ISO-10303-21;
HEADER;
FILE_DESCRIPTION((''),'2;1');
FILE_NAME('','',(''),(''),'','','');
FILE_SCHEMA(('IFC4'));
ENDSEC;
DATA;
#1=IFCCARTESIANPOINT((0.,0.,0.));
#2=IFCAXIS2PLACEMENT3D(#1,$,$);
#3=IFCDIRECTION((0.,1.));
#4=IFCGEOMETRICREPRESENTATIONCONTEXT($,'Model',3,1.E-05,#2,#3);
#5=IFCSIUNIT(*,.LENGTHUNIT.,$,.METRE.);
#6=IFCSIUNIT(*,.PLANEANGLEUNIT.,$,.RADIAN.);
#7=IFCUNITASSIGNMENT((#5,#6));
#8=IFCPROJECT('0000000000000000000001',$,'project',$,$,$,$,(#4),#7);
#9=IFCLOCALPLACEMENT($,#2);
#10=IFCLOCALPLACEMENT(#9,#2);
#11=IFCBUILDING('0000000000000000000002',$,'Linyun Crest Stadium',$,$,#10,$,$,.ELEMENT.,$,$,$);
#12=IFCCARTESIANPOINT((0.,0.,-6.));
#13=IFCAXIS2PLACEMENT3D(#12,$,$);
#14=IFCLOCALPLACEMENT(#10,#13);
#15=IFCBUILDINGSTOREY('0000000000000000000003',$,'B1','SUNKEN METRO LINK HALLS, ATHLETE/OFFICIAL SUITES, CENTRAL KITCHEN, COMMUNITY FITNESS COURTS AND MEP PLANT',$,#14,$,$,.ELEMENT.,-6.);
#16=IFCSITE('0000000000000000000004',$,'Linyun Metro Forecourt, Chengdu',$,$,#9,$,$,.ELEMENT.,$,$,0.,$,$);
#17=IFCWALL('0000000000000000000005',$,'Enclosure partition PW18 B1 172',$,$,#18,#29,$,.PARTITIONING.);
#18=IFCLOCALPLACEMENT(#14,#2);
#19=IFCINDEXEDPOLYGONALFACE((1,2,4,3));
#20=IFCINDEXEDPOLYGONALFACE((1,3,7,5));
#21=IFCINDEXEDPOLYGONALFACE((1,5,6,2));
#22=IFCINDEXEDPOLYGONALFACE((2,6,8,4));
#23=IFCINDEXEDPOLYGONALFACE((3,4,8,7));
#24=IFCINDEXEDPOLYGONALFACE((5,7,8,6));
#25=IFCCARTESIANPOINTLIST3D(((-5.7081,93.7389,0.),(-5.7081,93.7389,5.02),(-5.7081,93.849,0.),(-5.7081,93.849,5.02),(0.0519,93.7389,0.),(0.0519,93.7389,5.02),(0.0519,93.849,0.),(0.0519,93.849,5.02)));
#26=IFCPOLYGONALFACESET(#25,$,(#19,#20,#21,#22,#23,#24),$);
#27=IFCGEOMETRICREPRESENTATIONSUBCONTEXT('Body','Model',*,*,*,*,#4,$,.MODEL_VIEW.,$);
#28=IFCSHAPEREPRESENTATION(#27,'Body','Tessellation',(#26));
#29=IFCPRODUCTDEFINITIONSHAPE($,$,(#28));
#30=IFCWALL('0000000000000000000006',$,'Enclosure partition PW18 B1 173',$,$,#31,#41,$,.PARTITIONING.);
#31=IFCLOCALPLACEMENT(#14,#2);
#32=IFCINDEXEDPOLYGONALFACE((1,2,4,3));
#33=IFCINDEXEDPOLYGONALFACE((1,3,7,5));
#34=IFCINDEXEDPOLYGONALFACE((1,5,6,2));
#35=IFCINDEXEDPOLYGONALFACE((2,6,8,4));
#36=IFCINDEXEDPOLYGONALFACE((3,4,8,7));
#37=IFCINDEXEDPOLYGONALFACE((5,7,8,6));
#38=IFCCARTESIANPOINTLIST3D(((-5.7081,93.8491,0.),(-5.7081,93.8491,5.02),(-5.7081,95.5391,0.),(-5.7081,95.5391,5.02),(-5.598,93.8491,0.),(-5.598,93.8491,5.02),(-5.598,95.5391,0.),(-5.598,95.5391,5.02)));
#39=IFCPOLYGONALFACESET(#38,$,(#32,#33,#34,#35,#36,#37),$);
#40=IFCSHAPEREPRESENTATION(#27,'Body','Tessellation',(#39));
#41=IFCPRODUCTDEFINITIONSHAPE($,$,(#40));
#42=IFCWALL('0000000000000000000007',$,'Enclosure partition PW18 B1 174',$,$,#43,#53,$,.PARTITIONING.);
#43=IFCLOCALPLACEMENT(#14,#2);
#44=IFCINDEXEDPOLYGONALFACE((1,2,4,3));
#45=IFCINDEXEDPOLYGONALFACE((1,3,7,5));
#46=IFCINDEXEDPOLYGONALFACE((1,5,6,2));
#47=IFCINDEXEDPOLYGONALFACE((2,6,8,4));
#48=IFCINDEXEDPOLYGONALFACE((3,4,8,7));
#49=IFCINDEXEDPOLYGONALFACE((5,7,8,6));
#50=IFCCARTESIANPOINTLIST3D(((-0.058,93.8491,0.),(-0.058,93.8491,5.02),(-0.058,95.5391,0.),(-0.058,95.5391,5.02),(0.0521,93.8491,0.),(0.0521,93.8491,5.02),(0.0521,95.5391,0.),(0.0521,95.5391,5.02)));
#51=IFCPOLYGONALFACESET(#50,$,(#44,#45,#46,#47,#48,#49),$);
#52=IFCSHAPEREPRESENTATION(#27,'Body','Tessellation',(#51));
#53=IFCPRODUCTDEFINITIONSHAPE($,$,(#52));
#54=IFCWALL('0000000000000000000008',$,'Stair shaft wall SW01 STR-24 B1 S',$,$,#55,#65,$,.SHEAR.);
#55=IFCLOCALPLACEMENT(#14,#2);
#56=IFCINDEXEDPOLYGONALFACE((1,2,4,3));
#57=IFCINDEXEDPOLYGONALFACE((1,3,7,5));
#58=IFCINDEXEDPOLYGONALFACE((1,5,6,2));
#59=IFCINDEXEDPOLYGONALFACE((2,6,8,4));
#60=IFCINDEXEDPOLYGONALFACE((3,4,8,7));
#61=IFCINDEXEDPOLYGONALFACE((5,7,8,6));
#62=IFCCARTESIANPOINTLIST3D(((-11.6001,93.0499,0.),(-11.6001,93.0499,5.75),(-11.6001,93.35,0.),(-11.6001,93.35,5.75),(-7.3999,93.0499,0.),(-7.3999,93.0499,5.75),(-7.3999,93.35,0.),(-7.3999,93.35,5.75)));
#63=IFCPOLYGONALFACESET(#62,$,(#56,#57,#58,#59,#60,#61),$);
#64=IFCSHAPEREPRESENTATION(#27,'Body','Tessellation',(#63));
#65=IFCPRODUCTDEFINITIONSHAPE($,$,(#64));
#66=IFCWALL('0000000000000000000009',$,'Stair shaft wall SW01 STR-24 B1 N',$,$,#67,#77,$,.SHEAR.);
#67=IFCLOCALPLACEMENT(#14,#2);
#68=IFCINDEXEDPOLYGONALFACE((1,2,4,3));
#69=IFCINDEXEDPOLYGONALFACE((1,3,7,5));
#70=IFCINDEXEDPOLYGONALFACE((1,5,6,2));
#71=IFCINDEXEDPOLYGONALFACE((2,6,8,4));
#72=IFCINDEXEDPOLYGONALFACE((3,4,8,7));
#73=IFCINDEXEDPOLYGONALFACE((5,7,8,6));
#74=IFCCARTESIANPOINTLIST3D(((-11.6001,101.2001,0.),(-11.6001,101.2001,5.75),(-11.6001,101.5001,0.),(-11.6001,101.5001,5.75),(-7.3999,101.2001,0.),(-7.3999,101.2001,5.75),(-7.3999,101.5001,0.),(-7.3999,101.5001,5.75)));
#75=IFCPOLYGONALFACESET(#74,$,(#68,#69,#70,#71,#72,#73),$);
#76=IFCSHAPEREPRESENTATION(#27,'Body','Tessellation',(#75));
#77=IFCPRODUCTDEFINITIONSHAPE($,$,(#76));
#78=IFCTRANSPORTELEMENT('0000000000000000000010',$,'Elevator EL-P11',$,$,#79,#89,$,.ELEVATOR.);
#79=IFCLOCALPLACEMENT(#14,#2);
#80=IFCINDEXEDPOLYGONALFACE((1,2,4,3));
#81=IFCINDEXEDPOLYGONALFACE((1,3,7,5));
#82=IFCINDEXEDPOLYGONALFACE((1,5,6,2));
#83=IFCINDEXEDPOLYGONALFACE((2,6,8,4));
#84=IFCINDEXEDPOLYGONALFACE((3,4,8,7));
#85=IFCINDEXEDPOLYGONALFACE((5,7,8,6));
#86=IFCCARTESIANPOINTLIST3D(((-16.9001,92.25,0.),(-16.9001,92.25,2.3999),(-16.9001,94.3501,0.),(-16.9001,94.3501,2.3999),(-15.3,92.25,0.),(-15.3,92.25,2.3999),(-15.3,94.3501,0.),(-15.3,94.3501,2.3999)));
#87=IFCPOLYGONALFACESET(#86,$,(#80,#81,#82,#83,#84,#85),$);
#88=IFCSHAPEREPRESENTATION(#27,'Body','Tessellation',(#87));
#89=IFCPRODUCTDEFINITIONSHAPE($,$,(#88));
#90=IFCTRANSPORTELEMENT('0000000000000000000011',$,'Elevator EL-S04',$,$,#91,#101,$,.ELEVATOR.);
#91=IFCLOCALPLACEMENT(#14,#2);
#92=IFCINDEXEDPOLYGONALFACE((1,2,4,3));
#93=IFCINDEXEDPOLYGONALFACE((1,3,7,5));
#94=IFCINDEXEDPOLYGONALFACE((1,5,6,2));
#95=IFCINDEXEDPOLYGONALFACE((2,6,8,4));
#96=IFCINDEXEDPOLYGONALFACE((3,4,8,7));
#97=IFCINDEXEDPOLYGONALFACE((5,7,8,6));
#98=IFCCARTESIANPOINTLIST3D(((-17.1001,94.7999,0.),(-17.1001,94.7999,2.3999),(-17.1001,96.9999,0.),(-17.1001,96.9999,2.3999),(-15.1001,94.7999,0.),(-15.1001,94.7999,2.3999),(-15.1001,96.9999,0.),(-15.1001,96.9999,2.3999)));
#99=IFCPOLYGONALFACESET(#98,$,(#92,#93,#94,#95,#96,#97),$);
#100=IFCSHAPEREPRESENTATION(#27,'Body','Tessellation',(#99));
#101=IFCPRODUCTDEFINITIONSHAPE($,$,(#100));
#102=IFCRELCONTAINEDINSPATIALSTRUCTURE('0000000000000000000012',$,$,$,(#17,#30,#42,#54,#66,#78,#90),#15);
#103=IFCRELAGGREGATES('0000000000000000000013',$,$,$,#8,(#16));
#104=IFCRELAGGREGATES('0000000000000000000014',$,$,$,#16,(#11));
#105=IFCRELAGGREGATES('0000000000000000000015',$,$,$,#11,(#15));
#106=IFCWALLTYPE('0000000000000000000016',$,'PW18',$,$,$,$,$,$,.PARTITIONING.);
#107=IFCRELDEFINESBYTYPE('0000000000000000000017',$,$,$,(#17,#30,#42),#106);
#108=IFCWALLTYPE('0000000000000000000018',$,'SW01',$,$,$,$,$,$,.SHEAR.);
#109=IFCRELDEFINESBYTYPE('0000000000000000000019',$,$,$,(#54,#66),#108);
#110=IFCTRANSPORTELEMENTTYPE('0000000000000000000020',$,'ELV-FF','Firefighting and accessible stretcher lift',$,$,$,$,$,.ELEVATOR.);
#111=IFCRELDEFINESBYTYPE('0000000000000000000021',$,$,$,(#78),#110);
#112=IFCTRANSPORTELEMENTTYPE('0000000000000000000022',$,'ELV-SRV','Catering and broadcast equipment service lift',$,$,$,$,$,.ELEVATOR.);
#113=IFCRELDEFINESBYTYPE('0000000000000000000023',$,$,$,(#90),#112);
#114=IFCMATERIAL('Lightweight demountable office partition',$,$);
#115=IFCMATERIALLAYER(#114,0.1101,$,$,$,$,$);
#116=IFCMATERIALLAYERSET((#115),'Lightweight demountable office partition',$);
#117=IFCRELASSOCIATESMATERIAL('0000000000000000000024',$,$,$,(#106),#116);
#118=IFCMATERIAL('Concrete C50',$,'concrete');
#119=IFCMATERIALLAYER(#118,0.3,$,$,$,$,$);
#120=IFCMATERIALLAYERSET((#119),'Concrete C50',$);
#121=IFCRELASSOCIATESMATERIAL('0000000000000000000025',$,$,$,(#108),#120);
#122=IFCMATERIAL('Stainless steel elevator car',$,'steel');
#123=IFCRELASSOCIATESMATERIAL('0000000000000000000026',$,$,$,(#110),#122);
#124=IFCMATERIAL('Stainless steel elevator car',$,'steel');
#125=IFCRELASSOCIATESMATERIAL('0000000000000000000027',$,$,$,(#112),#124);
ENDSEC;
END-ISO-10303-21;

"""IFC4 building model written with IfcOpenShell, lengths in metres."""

from ifc_helpers import new_model, si_unit, direction, frame, frame_2d, origin, origin_2d, place, context, subcontext, project, spatial, rectangle, extrude, material, layer, layer_set, type_object, element, save


model = new_model("IFC4")

# Units and contexts
model_context = context("Model", 3, precision=1e-05, world=origin(), true_north=direction((0.0, 1.0)))
body_context = subcontext(model_context, "Body", "Model", "MODEL_VIEW")
ifc_project = project(units=[si_unit("LENGTHUNIT", "METRE"), si_unit("PLANEANGLEUNIT", "RADIAN")], contexts=[model_context])

# Site, building, storey
site_placement = place(None, origin())
site = spatial("IfcSite", under=ifc_project, at=site_placement, Name="Linyun Metro Forecourt, Chengdu", CompositionType="ELEMENT", RefElevation=0.0)
building_placement = place(site_placement, origin())
building = spatial("IfcBuilding", under=site, at=building_placement, Name="Linyun Crest Stadium", CompositionType="ELEMENT")
storey_placement = place(building_placement, frame((0.0, 0.0, -6.0)))
storey = spatial("IfcBuildingStorey", under=building, at=storey_placement, Name="B1", Description="SUNKEN METRO LINK HALLS, ATHLETE/OFFICIAL SUITES, CENTRAL KITCHEN, COMMUNITY FITNESS COURTS AND MEP PLANT", CompositionType="ELEMENT", Elevation=-6.0)

# Shared definitions
ifc_material_1 = material(Name="Lightweight demountable office partition")
ifc_layer_1 = layer(ifc_material_1, 0.1101)
ifc_layer_set_1 = layer_set([ifc_layer_1], Name="Lightweight demountable office partition")
wall_type_1 = type_object("IfcWallType", Name="PW18", PredefinedType="PARTITIONING", material=ifc_layer_set_1)

# Walls
wall_1_placement = place(storey_placement, frame((-5.708, 93.7939, 0.0), z_axis=(0.0, 0.0, 1.0), x_axis=(1.0, 0.0, 0.0)))
element("IfcWall", 1, at=wall_1_placement, inside=storey, type_object=wall_type_1, Name="Enclosure partition PW18 B1 172", PredefinedType="PARTITIONING", context=body_context, shape_type="SweptSolid", body=[
    extrude(rectangle(XDim=5.76, YDim=0.1101, at=frame_2d((2.8799, 0.0))), origin(), (0.0, 0.0, 1.0), 5.02),
])
for number, where, z_axis, x_axis, name in (
    (2, (-5.6531, 93.8491, 0.0), (0.0, 0.0, 1.0), (0.0, 1.0, 0.0), "Enclosure partition PW18 B1 173"),
    (3, (-0.0029, 93.8491, 0.0), (0.0, 0.0, 1.0), (0.0, 1.0, 0.0), "Enclosure partition PW18 B1 174"),
):
    element("IfcWall", number, at=place(storey_placement, frame(where, z_axis=z_axis, x_axis=x_axis)), inside=storey, type_object=wall_type_1, Name=name, PredefinedType="PARTITIONING", context=body_context, shape_type="SweptSolid", body=[
        extrude(rectangle(XDim=1.6899, YDim=0.1101, at=frame_2d((0.845, 0.0))), origin(), (0.0, 0.0, 1.0), 5.02),
    ])
ifc_material_2 = material(Name="Concrete C50", Category="concrete")
ifc_layer_2 = layer(ifc_material_2, 0.3)
ifc_layer_set_2 = layer_set([ifc_layer_2], Name="Concrete C50")
wall_type_2 = type_object("IfcWallType", Name="SW01", PredefinedType="SHEAR", material=ifc_layer_set_2)
for number, where, z_axis, x_axis, name in (
    (4, (-11.6001, 93.2, 0.0), (0.0, 0.0, 1.0), (1.0, 0.0, 0.0), "Stair shaft wall SW01 STR-24 B1 S"),
    (5, (-11.6001, 101.3501, 0.0), (0.0, 0.0, 1.0), (1.0, 0.0, 0.0), "Stair shaft wall SW01 STR-24 B1 N"),
):
    element("IfcWall", number, at=place(storey_placement, frame(where, z_axis=z_axis, x_axis=x_axis)), inside=storey, type_object=wall_type_2, Name=name, PredefinedType="SHEAR", context=body_context, shape_type="SweptSolid", body=[
        extrude(rectangle(XDim=4.2002, YDim=0.3, at=frame_2d((2.1001, 0.0))), origin(), (0.0, 0.0, 1.0), 5.75),
    ])

# Transport elements
ifc_material_3 = material(Name="Stainless steel elevator car", Category="steel")
transport_element_type_1 = type_object("IfcTransportElementType", Name="ELV-FF", Description="Firefighting and accessible stretcher lift", PredefinedType="ELEVATOR", material=ifc_material_3)
transport_element_1_placement = place(storey_placement, frame((-16.1001, 93.3, 0.0), z_axis=(0.0, 0.0, 1.0), x_axis=(1.0, 0.0, 0.0)))
element("IfcTransportElement", 6, at=transport_element_1_placement, inside=storey, type_object=transport_element_type_1, Name="Elevator EL-P11", PredefinedType="ELEVATOR", context=body_context, shape_type="SweptSolid", body=[
    extrude(rectangle(XDim=1.6001, YDim=2.1001, at=origin_2d()), origin(), (0.0, 0.0, 1.0), 2.3999),
])
ifc_material_4 = material(Name="Stainless steel elevator car", Category="steel")
transport_element_type_2 = type_object("IfcTransportElementType", Name="ELV-SRV", Description="Catering and broadcast equipment service lift", PredefinedType="ELEVATOR", material=ifc_material_4)
transport_element_2_placement = place(storey_placement, frame((-16.1001, 95.8999, 0.0), z_axis=(0.0, 0.0, 1.0), x_axis=(1.0, 0.0, 0.0)))
element("IfcTransportElement", 7, at=transport_element_2_placement, inside=storey, type_object=transport_element_type_2, Name="Elevator EL-S04", PredefinedType="ELEVATOR", context=body_context, shape_type="SweptSolid", body=[
    extrude(rectangle(XDim=2.0, YDim=2.2, at=origin_2d()), origin(), (0.0, 0.0, 1.0), 2.3999),
])

save(model, "model.ifc")
